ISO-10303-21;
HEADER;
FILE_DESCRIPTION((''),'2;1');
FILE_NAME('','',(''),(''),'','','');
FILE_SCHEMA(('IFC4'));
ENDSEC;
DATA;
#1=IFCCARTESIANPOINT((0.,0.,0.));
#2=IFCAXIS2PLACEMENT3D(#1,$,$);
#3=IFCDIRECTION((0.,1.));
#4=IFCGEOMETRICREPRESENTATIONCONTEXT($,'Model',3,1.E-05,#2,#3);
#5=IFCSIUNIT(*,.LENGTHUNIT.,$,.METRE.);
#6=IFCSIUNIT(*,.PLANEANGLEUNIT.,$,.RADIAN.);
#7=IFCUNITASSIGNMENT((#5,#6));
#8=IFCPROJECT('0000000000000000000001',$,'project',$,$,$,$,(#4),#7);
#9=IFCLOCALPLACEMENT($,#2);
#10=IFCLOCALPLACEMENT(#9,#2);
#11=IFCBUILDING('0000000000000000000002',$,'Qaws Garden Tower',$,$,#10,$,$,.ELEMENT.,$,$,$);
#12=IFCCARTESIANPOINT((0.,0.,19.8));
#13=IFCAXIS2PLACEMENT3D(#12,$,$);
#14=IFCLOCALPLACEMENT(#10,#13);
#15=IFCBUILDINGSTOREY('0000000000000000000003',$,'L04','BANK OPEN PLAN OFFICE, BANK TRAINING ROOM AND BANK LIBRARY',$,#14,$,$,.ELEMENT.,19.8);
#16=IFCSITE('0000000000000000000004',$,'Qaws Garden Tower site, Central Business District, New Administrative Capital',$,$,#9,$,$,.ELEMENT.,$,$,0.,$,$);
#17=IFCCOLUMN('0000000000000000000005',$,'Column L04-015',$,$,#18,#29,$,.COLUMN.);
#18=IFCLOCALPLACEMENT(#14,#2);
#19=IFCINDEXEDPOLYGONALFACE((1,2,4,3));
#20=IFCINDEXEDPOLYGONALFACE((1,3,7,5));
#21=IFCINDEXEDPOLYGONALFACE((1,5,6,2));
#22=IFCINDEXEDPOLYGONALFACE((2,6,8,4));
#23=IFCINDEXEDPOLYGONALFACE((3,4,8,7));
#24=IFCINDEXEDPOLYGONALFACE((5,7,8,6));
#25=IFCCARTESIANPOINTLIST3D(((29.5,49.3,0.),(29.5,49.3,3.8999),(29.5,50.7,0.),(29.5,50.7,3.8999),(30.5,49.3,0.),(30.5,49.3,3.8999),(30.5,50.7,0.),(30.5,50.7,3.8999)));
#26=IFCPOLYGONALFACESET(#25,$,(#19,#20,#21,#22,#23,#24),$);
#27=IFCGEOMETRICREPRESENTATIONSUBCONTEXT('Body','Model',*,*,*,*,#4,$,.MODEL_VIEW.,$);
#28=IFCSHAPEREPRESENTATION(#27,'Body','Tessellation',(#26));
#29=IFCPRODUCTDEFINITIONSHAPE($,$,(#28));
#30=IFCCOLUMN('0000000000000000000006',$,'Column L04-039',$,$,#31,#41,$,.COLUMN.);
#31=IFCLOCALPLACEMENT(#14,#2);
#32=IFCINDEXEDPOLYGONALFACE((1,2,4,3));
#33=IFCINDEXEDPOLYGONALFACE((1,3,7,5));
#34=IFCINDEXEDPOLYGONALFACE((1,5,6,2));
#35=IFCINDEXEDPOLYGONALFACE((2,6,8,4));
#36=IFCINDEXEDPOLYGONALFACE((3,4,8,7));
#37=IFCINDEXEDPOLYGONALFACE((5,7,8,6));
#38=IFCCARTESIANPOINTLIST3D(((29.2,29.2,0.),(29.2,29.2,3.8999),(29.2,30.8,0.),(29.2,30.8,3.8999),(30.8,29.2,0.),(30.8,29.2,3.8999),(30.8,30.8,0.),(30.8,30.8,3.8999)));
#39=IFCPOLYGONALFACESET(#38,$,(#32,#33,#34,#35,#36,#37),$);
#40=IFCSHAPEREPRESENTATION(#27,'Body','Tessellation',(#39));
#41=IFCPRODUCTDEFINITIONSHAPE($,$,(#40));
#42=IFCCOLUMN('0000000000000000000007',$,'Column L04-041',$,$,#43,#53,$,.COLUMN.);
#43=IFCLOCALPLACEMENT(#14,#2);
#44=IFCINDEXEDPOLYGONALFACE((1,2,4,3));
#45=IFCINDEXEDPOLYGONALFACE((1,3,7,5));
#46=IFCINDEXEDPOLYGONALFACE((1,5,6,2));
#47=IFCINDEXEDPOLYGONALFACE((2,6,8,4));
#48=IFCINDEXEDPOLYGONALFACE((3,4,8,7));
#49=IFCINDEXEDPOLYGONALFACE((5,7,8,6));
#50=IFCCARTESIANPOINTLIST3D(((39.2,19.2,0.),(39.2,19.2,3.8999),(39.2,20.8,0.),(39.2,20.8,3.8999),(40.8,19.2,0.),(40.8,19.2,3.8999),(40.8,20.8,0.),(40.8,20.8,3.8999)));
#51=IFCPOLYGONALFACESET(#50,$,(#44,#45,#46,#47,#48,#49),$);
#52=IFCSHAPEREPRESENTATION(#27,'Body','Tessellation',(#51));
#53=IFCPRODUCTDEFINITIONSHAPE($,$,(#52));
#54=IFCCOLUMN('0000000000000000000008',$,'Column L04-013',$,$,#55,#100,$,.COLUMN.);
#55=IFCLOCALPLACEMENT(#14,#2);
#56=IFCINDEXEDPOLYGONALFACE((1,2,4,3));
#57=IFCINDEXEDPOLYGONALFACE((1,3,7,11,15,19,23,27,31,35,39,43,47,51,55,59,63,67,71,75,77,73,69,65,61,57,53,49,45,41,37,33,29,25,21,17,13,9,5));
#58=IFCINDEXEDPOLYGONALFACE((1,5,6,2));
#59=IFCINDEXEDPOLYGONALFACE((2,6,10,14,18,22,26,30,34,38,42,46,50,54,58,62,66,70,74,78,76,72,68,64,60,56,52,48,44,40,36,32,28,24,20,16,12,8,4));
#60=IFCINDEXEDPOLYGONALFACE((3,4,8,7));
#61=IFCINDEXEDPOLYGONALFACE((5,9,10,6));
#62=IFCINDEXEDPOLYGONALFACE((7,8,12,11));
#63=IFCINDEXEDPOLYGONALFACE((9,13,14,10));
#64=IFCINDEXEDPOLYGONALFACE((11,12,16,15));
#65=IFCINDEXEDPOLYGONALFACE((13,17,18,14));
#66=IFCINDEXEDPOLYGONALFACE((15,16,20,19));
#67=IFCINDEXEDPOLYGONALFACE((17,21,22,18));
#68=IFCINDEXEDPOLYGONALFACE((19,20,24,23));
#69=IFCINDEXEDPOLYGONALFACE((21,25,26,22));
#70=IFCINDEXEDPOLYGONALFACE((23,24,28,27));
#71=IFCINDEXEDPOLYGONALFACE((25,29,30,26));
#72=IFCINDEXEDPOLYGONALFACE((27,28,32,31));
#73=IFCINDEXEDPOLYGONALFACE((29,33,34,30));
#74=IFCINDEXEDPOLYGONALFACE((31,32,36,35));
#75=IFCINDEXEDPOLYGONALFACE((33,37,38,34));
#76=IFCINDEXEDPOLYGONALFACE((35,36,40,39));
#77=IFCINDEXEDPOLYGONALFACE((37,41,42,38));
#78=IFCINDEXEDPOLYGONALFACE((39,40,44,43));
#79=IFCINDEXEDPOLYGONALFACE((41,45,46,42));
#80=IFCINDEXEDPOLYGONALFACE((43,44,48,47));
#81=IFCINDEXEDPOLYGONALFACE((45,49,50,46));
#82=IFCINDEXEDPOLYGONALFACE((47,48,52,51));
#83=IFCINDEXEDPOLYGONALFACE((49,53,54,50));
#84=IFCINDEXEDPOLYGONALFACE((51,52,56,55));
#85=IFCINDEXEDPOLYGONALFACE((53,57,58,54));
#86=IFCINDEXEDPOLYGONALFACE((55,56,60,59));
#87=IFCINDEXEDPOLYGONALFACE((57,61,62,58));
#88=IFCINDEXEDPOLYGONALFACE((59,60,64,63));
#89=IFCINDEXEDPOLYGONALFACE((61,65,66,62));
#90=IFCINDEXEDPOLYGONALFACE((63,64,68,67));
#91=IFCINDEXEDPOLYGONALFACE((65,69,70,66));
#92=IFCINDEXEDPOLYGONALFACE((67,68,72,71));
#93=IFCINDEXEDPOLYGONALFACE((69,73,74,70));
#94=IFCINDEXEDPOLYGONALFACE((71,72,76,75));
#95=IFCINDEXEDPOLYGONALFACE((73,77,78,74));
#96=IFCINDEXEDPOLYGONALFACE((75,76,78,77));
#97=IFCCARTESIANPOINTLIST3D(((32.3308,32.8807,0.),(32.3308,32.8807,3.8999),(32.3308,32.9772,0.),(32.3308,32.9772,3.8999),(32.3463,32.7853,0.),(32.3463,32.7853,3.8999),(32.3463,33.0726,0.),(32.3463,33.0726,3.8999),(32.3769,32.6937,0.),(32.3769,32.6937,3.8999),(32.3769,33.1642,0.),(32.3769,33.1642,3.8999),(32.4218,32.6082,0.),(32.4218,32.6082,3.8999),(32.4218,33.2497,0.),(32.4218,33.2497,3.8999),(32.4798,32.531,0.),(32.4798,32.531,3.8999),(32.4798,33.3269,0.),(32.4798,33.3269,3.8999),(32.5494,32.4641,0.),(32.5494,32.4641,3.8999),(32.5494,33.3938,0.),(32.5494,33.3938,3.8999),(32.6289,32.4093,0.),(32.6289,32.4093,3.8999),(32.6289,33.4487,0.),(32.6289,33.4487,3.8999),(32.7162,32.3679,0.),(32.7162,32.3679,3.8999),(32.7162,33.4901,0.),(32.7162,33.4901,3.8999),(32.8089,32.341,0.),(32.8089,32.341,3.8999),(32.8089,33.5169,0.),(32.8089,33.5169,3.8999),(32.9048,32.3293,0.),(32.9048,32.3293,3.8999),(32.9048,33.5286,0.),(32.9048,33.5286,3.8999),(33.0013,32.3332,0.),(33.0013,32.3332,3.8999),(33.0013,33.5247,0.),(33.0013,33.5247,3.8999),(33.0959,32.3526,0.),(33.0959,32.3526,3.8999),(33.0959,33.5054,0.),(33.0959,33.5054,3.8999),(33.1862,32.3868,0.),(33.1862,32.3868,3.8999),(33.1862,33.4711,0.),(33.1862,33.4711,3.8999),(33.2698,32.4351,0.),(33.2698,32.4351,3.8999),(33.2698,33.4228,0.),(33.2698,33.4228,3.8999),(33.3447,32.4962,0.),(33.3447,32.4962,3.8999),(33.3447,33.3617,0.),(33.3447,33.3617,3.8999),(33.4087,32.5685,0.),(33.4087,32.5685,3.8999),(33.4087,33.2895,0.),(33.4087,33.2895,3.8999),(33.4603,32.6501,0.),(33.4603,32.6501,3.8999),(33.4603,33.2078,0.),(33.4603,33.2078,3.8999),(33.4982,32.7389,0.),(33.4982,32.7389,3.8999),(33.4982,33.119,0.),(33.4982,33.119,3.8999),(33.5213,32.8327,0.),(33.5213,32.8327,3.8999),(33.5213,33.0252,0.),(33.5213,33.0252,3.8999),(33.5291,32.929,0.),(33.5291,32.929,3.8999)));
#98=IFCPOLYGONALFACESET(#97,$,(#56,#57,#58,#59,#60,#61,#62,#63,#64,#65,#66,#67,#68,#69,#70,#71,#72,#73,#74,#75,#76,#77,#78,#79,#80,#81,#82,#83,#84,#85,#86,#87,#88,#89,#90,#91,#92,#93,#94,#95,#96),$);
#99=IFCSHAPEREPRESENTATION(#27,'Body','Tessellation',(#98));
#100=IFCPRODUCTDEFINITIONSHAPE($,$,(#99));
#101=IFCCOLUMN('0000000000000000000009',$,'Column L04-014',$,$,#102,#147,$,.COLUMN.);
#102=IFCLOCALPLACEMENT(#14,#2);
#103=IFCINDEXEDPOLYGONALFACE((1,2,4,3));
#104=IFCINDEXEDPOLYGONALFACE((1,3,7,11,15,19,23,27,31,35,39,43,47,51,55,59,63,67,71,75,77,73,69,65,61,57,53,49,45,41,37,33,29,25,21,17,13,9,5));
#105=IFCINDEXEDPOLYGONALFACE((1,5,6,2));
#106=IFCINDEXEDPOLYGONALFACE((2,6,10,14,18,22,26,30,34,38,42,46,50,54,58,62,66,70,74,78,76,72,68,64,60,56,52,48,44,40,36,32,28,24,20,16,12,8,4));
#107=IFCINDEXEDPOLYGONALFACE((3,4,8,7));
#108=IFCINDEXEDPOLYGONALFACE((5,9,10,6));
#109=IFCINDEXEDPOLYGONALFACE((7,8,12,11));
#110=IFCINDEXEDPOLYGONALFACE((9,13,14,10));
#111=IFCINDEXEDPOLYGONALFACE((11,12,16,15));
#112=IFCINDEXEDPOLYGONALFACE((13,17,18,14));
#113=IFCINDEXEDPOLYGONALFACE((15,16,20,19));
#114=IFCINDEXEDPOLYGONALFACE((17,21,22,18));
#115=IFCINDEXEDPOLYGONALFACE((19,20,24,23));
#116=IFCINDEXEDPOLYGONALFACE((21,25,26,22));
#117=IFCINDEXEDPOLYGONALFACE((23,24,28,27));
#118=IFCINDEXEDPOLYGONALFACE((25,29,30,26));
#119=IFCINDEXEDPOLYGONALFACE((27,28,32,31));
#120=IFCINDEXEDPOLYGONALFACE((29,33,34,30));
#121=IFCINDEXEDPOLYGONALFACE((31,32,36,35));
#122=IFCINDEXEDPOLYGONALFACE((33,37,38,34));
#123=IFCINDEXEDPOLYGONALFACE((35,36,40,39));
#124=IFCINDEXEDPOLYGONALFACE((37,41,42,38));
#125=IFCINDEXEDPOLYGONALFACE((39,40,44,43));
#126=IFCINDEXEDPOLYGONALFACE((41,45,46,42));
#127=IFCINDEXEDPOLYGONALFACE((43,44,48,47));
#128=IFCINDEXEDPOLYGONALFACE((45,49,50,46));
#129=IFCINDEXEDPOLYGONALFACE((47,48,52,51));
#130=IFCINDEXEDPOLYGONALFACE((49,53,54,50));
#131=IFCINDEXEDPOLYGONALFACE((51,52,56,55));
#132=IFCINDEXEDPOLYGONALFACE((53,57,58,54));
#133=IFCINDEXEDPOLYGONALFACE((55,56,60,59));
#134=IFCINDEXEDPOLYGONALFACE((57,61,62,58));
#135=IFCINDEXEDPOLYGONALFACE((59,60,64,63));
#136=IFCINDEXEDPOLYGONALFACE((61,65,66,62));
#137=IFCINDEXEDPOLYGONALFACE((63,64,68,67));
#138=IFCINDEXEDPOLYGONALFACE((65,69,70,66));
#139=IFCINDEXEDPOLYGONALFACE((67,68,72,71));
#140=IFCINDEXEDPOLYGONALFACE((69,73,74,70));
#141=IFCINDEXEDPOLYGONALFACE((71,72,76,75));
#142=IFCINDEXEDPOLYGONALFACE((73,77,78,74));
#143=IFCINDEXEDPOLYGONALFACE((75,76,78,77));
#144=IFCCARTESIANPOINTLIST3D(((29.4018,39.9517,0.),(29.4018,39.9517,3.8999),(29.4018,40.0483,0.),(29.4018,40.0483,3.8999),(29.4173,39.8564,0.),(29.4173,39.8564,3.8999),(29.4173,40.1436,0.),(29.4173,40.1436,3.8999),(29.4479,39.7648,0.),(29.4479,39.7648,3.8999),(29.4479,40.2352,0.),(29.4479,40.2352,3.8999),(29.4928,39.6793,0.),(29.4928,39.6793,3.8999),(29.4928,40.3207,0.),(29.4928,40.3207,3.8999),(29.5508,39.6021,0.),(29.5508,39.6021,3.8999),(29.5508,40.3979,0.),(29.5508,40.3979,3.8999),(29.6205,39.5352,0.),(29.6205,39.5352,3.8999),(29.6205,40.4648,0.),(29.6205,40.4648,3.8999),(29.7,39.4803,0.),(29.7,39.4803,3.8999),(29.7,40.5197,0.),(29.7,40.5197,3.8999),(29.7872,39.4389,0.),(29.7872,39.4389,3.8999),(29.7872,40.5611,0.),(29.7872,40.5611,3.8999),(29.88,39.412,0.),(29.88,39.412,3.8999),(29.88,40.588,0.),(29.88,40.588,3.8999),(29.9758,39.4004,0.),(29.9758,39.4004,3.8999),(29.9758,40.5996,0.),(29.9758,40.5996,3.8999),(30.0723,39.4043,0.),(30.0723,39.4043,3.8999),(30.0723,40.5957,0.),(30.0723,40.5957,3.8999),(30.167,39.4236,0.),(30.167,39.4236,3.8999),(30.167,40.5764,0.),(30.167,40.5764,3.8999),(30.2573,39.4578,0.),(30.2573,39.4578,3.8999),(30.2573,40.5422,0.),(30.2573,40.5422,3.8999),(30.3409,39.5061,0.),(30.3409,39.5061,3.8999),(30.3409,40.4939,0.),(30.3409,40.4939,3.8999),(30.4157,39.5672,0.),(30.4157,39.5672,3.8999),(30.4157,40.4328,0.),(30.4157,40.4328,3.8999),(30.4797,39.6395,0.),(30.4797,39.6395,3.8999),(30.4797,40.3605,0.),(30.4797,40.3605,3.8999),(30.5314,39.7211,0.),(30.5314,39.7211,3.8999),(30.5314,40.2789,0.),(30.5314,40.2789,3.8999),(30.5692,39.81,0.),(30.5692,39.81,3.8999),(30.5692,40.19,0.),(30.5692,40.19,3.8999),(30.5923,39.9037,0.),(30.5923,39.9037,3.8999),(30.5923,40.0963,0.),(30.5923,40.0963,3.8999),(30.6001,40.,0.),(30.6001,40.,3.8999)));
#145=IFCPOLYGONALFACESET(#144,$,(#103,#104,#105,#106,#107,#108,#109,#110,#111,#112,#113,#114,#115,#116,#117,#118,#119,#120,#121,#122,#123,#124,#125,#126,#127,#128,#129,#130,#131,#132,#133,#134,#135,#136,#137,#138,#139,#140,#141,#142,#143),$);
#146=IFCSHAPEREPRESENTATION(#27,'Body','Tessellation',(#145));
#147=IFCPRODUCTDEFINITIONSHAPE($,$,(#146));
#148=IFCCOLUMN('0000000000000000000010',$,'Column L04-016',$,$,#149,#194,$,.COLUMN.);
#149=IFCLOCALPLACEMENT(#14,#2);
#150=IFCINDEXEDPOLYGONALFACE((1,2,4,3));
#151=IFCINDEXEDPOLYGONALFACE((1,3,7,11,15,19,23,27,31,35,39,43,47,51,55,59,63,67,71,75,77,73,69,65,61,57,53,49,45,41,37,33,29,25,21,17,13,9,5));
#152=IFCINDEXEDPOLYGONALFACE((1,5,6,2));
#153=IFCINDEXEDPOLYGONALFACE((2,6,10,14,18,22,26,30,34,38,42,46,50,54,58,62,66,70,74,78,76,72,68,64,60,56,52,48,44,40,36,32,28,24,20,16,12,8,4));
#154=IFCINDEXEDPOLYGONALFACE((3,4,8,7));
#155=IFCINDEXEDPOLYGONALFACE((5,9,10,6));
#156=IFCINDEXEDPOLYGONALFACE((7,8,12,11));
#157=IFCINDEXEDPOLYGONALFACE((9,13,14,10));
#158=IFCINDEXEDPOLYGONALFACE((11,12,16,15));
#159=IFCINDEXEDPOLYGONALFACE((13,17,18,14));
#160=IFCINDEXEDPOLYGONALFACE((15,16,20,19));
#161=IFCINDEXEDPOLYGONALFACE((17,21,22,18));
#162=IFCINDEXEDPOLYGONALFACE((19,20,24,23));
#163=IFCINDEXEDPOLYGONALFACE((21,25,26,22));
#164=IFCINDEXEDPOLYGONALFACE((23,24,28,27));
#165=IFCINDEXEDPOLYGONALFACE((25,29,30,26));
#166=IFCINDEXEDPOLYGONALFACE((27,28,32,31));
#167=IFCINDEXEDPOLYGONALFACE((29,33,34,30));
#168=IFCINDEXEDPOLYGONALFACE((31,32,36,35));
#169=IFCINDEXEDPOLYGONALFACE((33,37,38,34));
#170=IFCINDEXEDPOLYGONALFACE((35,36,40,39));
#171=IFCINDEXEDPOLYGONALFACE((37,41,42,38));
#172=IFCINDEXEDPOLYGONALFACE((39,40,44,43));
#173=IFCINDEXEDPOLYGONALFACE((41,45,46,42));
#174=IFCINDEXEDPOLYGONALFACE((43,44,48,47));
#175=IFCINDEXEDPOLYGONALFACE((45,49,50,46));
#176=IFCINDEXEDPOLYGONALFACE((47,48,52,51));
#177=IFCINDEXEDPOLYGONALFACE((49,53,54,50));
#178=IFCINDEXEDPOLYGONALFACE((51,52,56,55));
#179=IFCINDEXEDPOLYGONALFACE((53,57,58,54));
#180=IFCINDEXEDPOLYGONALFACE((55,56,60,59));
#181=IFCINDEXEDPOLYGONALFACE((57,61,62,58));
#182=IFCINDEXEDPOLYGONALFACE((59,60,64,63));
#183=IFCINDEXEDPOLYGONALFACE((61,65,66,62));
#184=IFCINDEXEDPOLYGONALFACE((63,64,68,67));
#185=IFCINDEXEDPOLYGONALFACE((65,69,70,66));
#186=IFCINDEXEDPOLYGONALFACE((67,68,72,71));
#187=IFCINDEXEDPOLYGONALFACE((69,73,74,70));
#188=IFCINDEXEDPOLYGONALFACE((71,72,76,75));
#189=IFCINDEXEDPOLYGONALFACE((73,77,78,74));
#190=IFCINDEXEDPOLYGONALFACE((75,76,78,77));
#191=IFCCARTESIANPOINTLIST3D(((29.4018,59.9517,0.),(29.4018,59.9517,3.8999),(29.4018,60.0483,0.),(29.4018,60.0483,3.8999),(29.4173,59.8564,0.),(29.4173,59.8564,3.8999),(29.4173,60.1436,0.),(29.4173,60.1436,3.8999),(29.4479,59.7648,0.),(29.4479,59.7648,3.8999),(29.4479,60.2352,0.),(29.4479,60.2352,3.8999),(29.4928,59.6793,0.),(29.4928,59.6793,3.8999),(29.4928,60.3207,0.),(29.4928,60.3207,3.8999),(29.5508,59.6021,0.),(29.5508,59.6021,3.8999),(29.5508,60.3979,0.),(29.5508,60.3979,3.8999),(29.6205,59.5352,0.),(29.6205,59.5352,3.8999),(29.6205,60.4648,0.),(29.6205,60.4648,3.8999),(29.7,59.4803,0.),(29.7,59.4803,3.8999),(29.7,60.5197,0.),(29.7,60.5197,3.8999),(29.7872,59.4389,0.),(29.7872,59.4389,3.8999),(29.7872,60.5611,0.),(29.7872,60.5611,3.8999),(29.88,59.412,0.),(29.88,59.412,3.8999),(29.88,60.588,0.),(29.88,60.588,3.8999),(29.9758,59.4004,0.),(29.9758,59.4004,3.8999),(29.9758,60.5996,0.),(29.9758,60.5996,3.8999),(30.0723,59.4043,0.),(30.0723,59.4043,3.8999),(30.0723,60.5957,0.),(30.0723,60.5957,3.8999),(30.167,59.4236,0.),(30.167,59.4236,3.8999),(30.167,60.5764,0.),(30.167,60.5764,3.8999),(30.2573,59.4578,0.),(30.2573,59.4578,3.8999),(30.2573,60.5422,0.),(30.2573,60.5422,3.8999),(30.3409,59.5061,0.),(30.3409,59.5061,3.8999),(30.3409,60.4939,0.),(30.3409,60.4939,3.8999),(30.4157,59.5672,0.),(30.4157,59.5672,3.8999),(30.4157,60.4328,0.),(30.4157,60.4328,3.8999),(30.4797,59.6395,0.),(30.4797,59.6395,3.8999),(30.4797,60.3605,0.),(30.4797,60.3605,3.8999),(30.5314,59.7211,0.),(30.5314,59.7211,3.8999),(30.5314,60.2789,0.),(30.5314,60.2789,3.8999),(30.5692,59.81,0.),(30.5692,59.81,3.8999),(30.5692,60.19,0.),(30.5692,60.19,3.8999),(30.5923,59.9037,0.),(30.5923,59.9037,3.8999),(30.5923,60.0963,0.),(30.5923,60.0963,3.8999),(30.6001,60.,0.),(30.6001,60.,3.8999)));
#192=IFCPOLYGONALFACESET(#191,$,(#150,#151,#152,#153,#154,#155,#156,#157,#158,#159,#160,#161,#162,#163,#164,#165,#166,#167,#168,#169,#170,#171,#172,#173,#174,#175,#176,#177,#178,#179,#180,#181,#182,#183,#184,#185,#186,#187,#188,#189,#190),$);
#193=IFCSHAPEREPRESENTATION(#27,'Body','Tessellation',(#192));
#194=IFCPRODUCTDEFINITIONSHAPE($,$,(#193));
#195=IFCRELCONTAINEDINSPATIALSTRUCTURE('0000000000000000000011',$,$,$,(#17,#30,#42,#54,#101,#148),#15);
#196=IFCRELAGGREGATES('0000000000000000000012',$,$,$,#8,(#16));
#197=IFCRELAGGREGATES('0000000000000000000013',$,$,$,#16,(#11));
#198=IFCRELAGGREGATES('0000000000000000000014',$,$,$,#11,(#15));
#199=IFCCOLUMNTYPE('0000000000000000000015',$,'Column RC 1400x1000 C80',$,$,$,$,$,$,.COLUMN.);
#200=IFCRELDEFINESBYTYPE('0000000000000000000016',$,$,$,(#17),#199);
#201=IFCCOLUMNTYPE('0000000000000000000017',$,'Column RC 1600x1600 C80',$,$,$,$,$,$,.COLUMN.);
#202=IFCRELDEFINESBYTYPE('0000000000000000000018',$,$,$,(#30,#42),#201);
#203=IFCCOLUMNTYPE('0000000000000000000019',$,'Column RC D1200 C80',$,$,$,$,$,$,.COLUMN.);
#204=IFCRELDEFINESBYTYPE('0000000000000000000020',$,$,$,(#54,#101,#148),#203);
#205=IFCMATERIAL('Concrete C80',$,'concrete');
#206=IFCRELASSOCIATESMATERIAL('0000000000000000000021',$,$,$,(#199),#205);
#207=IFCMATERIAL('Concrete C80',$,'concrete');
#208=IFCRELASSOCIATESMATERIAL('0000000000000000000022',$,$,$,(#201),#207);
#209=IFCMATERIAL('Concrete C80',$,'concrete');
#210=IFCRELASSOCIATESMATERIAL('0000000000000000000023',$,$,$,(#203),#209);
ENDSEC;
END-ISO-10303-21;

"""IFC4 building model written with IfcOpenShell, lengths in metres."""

from ifc_helpers import new_model, si_unit, direction, frame, origin, origin_2d, place, context, subcontext, project, spatial, rectangle, circle, extrude, material, material_profile, profile_set, type_object, element, save


model = new_model("IFC4")

# Units and contexts
model_context = context("Model", 3, precision=1e-05, world=origin(), true_north=direction((0.0, 1.0)))
body_context = subcontext(model_context, "Body", "Model", "MODEL_VIEW")
ifc_project = project(units=[si_unit("LENGTHUNIT", "METRE"), si_unit("PLANEANGLEUNIT", "RADIAN")], contexts=[model_context])

# Site, building, storey
site_placement = place(None, origin())
site = spatial("IfcSite", under=ifc_project, at=site_placement, Name="Qaws Garden Tower site, Central Business District, New Administrative Capital", CompositionType="ELEMENT", RefElevation=0.0)
building_placement = place(site_placement, origin())
building = spatial("IfcBuilding", under=site, at=building_placement, Name="Qaws Garden Tower", CompositionType="ELEMENT")
storey_placement = place(building_placement, frame((0.0, 0.0, 19.8)))
storey = spatial("IfcBuildingStorey", under=building, at=storey_placement, Name="L04", Description="BANK OPEN PLAN OFFICE, BANK TRAINING ROOM AND BANK LIBRARY", CompositionType="ELEMENT", Elevation=19.8)

# Columns
ifc_material_1 = material(Name="Concrete C80", Category="concrete")
ifc_material_profile_1 = material_profile(ifc_material_1, rectangle(XDim=1.3999, YDim=1.0, at=origin_2d()), Name="RC 1400x1000")
ifc_profile_set_1 = profile_set([ifc_material_profile_1], Name="Concrete C80")
column_type_1 = type_object("IfcColumnType", Name="Column RC 1400x1000 C80", PredefinedType="COLUMN", material=ifc_profile_set_1)
column_placement = place(storey_placement, frame((30.0, 50.0, 0.0), z_axis=(0.0, 0.0, 1.0), x_axis=(0.0, 1.0, 0.0)))
element("IfcColumn", 1, at=column_placement, inside=storey, type_object=column_type_1, Name="Column L04-015", PredefinedType="COLUMN", context=body_context, shape_type="SweptSolid", body=[
    extrude(rectangle(XDim=1.3999, YDim=1.0, at=origin_2d()), origin(), (0.0, 0.0, 1.0), 3.8999),
])
ifc_material_2 = material(Name="Concrete C80", Category="concrete")
ifc_material_profile_2 = material_profile(ifc_material_2, rectangle(XDim=1.6001, YDim=1.6001, at=origin_2d()), Name="RC 1600x1600")
ifc_profile_set_2 = profile_set([ifc_material_profile_2], Name="Concrete C80")
column_type_2 = type_object("IfcColumnType", Name="Column RC 1600x1600 C80", PredefinedType="COLUMN", material=ifc_profile_set_2)
for number, where, z_axis, x_axis, name in (
    (2, (30.0, 30.0, 0.0), (0.0, 0.0, 1.0), (1.0, 0.0, 0.0), "Column L04-039"),
    (3, (40.0, 20.0, 0.0), (0.0, 0.0, 1.0), (1.0, 0.0, 0.0), "Column L04-041"),
):
    element("IfcColumn", number, at=place(storey_placement, frame(where, z_axis=z_axis, x_axis=x_axis)), inside=storey, type_object=column_type_2, Name=name, PredefinedType="COLUMN", context=body_context, shape_type="SweptSolid", body=[
        extrude(rectangle(XDim=1.6001, YDim=1.6001, at=origin_2d()), origin(), (0.0, 0.0, 1.0), 3.8999),
    ])
ifc_material_3 = material(Name="Concrete C80", Category="concrete")
ifc_material_profile_3 = material_profile(ifc_material_3, circle(Radius=0.6001, at=origin_2d()), Name="RC D1200")
ifc_profile_set_3 = profile_set([ifc_material_profile_3], Name="Concrete C80")
column_type_3 = type_object("IfcColumnType", Name="Column RC D1200 C80", PredefinedType="COLUMN", material=ifc_profile_set_3)
for number, where, z_axis, x_axis, name in (
    (4, (32.929, 32.929, 0.0), (0.0, 0.0, 1.0), (1.0, 0.0, 0.0), "Column L04-013"),
    (5, (30.0, 40.0, 0.0), (0.0, 0.0, 1.0), (1.0, 0.0, 0.0), "Column L04-014"),
    (6, (30.0, 60.0, 0.0), (0.0, 0.0, 1.0), (1.0, 0.0, 0.0), "Column L04-016"),
):
    element("IfcColumn", number, at=place(storey_placement, frame(where, z_axis=z_axis, x_axis=x_axis)), inside=storey, type_object=column_type_3, Name=name, PredefinedType="COLUMN", context=body_context, shape_type="SweptSolid", body=[
        extrude(circle(Radius=0.6001, at=origin_2d()), origin(), (0.0, 0.0, 1.0), 3.8999),
    ])

save(model, "model.ifc")
